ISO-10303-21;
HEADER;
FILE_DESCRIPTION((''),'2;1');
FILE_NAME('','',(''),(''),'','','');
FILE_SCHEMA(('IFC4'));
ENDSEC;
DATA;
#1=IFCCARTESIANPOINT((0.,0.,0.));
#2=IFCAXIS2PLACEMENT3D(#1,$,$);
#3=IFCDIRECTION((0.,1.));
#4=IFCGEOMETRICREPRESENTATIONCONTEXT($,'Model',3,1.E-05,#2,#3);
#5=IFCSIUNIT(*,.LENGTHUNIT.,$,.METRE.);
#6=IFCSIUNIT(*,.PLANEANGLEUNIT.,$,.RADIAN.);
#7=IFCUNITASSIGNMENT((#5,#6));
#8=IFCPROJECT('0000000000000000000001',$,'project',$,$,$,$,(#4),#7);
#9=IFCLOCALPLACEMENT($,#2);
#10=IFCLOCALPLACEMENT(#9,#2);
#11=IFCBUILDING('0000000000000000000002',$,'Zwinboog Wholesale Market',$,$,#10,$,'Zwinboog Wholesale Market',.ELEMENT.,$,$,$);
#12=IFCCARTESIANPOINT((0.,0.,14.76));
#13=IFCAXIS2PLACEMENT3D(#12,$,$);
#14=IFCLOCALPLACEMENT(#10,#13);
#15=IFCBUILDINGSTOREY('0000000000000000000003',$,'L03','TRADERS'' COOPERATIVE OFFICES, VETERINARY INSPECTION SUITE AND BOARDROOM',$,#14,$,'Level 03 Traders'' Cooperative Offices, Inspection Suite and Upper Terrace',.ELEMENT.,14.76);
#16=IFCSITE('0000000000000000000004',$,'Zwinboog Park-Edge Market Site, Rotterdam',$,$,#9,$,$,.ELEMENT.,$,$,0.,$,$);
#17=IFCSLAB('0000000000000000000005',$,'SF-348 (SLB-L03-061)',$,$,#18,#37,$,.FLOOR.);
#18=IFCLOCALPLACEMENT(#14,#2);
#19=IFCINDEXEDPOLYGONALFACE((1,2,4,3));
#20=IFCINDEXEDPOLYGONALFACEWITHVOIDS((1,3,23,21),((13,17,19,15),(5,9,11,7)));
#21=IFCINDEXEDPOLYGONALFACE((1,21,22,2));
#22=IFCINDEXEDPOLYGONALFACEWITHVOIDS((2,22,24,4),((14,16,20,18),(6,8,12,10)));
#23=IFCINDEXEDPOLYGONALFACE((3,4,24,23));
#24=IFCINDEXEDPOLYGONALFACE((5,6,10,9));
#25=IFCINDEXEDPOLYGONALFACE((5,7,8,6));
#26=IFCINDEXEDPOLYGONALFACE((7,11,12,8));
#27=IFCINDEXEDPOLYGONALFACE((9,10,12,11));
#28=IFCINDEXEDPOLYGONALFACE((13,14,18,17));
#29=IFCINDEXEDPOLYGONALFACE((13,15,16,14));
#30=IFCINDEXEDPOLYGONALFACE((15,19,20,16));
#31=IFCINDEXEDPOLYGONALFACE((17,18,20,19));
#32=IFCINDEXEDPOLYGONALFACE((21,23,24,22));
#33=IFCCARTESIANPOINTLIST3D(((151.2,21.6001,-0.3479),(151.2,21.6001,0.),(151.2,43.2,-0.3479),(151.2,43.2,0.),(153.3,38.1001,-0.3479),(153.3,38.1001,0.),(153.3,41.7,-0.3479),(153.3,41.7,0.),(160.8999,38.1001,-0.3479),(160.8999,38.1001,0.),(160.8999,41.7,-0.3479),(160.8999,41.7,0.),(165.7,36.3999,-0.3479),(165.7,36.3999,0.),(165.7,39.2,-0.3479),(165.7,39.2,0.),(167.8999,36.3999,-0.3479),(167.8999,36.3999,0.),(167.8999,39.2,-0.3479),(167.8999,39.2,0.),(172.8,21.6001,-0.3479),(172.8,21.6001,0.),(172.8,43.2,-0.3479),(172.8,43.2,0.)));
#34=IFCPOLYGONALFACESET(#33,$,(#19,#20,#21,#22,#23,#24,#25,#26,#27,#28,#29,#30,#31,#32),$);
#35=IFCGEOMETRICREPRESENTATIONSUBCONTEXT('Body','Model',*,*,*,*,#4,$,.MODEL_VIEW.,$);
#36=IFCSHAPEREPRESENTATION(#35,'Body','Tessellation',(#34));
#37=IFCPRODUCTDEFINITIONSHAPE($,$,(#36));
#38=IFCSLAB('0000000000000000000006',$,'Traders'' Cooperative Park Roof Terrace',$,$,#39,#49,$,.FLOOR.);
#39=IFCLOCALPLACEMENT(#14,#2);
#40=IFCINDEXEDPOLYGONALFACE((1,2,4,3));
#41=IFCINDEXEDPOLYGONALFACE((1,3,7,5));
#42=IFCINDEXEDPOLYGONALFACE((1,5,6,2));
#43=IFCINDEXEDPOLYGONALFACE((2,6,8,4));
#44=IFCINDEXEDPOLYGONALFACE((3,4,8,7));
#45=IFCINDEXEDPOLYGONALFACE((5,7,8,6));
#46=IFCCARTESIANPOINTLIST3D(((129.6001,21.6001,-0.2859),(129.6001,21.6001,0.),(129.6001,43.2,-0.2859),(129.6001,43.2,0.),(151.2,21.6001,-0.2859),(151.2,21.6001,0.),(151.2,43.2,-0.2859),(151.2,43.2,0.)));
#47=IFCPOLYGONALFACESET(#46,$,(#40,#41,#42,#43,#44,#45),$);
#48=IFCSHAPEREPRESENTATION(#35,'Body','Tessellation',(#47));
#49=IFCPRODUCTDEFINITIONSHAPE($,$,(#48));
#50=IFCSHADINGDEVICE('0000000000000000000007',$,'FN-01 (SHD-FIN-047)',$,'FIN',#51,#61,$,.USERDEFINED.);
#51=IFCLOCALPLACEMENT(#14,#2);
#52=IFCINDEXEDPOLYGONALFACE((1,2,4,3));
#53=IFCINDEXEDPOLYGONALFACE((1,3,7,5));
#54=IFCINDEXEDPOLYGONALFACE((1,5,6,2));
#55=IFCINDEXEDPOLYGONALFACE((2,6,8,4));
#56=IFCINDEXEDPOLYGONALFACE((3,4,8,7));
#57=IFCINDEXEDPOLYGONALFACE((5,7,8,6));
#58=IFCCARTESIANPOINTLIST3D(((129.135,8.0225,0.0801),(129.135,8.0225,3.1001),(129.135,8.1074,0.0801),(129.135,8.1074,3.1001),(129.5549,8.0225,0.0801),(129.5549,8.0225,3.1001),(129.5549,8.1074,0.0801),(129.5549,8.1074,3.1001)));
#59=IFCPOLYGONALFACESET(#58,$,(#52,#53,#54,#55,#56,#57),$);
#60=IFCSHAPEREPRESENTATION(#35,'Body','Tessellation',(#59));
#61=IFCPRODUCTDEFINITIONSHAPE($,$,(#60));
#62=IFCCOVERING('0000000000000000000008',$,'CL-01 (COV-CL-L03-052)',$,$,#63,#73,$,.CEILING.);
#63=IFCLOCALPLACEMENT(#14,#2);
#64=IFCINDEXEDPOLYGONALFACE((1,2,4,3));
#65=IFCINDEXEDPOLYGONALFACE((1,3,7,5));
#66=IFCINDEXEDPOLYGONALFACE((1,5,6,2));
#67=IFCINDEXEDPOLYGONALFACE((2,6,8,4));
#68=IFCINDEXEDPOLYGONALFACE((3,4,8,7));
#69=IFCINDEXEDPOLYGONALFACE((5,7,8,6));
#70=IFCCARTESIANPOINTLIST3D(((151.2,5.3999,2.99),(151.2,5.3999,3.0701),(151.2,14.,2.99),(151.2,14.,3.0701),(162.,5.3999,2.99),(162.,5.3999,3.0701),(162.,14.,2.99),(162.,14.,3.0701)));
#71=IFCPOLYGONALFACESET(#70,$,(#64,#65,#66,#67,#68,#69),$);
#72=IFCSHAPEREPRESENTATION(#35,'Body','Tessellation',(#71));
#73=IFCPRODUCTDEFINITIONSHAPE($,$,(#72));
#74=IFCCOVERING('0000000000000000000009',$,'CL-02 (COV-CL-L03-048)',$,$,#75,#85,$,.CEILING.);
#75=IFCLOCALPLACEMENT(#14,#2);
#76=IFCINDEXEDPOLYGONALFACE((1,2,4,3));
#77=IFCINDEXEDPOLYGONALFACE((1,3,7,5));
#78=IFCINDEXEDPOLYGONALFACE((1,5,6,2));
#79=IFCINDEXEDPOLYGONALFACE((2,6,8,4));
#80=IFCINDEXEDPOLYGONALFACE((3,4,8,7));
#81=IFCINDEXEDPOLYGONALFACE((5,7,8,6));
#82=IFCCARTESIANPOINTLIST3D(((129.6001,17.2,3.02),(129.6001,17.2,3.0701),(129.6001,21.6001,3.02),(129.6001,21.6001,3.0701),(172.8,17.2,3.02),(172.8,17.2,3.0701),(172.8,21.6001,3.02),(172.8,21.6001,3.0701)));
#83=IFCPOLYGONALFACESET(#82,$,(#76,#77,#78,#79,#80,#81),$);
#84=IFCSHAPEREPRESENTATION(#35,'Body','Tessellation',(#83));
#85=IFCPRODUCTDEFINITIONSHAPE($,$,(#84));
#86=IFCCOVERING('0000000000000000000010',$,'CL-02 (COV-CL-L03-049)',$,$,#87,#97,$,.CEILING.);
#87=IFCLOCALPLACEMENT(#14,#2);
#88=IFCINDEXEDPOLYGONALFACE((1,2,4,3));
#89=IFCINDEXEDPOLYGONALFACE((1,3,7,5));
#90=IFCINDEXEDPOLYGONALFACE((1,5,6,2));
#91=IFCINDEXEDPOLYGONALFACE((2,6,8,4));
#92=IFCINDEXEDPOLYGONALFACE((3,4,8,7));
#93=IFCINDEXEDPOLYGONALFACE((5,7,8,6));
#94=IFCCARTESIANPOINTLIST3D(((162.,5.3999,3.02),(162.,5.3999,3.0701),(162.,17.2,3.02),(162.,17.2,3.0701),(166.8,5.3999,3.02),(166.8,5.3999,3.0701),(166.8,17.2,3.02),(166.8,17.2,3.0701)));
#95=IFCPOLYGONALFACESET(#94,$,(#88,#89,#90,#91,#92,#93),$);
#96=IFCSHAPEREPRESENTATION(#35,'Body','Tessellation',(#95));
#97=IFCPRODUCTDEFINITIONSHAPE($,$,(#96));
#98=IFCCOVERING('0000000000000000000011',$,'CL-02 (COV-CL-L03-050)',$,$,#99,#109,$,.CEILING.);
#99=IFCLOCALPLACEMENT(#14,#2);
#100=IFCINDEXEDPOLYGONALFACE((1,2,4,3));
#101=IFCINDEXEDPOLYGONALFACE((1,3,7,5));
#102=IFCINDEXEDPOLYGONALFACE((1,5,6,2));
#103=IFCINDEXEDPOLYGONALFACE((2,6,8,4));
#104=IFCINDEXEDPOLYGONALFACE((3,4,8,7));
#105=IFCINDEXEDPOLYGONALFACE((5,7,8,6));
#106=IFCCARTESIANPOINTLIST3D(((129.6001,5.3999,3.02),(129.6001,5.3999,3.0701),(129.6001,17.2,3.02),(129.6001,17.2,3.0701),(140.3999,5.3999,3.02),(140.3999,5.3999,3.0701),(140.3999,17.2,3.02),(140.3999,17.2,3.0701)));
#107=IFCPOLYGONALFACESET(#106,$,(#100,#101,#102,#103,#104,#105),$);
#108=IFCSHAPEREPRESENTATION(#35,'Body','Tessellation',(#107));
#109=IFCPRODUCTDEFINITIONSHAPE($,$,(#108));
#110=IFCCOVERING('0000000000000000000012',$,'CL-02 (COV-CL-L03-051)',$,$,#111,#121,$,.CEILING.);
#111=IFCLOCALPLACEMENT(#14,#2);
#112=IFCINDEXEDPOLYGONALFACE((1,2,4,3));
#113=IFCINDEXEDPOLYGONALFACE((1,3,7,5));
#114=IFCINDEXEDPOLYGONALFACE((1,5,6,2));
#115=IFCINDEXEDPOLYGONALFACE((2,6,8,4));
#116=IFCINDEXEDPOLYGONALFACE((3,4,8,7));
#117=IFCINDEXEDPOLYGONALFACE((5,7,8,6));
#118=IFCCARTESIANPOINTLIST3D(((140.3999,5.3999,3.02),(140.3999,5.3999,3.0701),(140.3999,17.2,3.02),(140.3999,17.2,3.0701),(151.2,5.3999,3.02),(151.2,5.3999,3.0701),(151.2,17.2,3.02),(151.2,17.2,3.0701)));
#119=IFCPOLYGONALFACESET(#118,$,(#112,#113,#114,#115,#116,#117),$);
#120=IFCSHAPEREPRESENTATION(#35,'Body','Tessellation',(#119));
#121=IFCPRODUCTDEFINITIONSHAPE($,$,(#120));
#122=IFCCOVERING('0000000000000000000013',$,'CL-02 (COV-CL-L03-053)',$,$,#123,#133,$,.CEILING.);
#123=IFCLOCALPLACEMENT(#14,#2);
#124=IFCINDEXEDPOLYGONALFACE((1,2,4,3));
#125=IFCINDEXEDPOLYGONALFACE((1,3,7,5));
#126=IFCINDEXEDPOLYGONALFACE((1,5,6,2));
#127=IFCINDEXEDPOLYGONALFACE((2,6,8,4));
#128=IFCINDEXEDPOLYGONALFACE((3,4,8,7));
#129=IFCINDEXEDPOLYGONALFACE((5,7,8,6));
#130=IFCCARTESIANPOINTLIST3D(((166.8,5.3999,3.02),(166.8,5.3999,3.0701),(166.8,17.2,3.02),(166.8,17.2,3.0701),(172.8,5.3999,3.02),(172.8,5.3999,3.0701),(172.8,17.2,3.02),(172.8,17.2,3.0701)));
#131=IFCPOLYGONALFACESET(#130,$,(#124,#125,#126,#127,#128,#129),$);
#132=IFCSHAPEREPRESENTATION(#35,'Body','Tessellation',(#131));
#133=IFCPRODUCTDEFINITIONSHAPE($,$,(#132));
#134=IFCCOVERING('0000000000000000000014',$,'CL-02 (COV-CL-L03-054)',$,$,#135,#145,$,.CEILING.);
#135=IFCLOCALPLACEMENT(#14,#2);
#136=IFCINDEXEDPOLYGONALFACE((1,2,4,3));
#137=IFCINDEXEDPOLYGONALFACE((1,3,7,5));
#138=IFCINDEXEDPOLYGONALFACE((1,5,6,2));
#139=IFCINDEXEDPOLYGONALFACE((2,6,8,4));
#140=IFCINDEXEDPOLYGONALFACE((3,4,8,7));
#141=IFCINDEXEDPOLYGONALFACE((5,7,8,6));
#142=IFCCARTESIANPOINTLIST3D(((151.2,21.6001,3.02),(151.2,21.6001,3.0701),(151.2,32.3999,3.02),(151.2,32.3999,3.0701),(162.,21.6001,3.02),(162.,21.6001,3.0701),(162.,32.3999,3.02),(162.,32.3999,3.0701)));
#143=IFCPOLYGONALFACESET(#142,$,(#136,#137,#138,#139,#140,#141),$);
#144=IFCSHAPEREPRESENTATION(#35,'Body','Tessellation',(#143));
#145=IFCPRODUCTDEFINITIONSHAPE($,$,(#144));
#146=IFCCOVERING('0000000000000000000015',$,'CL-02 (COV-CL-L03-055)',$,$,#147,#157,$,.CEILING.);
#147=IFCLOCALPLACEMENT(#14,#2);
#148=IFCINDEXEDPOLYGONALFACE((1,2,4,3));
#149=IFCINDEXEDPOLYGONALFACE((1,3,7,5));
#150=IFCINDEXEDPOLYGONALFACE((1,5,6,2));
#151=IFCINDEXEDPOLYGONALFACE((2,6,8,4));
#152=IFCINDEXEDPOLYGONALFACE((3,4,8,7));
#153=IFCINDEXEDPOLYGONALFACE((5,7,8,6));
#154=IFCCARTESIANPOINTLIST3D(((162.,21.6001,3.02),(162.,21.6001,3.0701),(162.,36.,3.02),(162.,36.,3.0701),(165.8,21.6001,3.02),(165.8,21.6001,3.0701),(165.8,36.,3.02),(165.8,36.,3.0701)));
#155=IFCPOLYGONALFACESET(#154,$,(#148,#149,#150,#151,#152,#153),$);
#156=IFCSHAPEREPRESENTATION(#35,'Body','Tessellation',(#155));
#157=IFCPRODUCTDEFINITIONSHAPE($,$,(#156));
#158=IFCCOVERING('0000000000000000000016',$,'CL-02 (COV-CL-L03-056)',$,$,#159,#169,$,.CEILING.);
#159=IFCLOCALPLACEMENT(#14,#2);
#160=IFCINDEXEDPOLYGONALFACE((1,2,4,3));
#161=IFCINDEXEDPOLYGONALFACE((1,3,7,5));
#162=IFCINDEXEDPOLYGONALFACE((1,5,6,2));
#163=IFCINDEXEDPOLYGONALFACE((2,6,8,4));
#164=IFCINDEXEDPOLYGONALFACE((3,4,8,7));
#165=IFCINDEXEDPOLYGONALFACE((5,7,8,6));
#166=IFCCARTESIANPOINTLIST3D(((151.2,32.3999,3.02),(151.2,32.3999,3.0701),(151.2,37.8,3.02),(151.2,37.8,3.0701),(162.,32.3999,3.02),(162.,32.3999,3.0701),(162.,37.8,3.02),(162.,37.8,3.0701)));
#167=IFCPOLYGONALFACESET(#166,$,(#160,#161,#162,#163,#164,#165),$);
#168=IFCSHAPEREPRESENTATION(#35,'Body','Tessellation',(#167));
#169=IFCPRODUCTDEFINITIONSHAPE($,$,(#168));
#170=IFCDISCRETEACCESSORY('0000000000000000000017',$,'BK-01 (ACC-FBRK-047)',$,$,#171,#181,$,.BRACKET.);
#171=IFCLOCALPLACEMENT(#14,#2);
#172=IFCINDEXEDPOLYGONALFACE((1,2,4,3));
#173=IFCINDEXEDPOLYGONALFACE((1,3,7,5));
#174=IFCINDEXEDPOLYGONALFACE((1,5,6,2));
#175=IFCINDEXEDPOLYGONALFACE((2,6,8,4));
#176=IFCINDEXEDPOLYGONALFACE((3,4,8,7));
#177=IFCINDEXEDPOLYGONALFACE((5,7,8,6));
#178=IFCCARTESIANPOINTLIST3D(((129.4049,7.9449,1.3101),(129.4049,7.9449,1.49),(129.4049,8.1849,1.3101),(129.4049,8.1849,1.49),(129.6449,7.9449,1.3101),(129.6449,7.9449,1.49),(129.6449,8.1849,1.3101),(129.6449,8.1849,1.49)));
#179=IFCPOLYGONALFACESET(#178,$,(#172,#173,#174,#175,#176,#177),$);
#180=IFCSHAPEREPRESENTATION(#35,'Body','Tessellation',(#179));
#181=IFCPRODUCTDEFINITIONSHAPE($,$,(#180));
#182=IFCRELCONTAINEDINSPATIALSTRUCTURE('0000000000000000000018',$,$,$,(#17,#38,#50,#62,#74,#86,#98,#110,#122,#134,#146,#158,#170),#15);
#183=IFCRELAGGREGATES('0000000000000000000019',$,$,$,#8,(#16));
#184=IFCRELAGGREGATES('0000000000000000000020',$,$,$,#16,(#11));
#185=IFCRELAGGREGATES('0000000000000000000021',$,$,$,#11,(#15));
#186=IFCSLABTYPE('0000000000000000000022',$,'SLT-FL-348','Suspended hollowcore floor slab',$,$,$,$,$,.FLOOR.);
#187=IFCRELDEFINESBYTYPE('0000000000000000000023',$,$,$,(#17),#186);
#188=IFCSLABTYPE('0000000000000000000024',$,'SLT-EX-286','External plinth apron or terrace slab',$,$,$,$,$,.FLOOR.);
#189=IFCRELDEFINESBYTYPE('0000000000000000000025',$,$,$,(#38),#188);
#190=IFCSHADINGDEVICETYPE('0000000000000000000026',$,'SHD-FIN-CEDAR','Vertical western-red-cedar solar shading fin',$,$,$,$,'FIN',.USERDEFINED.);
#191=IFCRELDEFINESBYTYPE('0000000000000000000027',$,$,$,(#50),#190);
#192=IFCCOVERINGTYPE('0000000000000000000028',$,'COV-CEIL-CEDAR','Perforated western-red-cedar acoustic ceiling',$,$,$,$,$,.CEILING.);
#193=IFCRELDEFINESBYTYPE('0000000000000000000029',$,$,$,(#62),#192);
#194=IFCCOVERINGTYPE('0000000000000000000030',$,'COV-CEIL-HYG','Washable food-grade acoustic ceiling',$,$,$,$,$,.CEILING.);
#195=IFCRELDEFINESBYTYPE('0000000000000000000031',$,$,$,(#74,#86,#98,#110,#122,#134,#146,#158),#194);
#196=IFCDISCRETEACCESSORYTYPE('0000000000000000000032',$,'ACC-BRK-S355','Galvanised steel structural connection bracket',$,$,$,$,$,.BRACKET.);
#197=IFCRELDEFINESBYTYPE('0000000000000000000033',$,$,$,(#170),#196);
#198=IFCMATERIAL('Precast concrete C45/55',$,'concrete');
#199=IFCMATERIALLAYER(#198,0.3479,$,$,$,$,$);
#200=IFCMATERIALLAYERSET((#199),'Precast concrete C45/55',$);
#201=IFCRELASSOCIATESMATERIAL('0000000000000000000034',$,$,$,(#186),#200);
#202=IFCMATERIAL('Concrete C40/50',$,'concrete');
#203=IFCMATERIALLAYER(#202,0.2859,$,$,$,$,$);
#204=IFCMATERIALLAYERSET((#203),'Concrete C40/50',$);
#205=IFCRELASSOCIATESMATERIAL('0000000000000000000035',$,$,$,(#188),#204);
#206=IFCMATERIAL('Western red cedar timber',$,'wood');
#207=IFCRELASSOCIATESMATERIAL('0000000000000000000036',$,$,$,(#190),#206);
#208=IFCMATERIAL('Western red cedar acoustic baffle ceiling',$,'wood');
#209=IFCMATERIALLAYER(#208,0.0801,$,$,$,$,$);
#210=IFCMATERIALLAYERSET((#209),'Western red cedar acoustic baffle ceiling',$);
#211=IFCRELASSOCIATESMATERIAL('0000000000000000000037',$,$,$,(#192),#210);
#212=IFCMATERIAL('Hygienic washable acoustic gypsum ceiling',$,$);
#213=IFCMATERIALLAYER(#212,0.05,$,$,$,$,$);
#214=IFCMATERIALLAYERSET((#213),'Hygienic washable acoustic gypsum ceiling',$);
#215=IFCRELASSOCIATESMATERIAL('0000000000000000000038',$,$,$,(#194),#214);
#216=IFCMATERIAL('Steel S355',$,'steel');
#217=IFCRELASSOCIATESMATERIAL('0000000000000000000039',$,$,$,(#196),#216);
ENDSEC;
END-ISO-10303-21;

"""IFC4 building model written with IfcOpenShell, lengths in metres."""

from ifc_helpers import new_model, si_unit, direction, frame, origin, origin_2d, place, context, subcontext, project, spatial, polyline, rectangle, outline, extrude, material, layer, layer_set, type_object, element, save


model = new_model("IFC4")

# Units and contexts
model_context = context("Model", 3, precision=1e-05, world=origin(), true_north=direction((0.0, 1.0)))
body_context = subcontext(model_context, "Body", "Model", "MODEL_VIEW")
ifc_project = project(units=[si_unit("LENGTHUNIT", "METRE"), si_unit("PLANEANGLEUNIT", "RADIAN")], contexts=[model_context])

# Site, building, storey
site_placement = place(None, origin())
site = spatial("IfcSite", under=ifc_project, at=site_placement, Name="Zwinboog Park-Edge Market Site, Rotterdam", CompositionType="ELEMENT", RefElevation=0.0)
building_placement = place(site_placement, origin())
building = spatial("IfcBuilding", under=site, at=building_placement, Name="Zwinboog Wholesale Market", LongName="Zwinboog Wholesale Market", CompositionType="ELEMENT")
storey_placement = place(building_placement, frame((0.0, 0.0, 14.76)))
storey = spatial("IfcBuildingStorey", under=building, at=storey_placement, Name="L03", Description="TRADERS' COOPERATIVE OFFICES, VETERINARY INSPECTION SUITE AND BOARDROOM", LongName="Level 03 Traders' Cooperative Offices, Inspection Suite and Upper Terrace", CompositionType="ELEMENT", Elevation=14.76)

# Shared definitions
ifc_material_1 = material(Name="Precast concrete C45/55", Category="concrete")

# Shared definitions
ifc_material_2 = material(Name="Steel S355", Category="steel")

# Slabs
ifc_layer_1 = layer(ifc_material_1, 0.3479)
ifc_layer_set_1 = layer_set([ifc_layer_1], Name="Precast concrete C45/55")
slab_type_1 = type_object("IfcSlabType", Name="SLT-FL-348", Description="Suspended hollowcore floor slab", PredefinedType="FLOOR", material=ifc_layer_set_1)
slab_1_placement = place(storey_placement, frame((0.0, 0.0, -0.3479)))
element("IfcSlab", 1, at=slab_1_placement, inside=storey, type_object=slab_type_1, Name="SF-348 (SLB-L03-061)", PredefinedType="FLOOR", context=body_context, shape_type="SweptSolid", body=[
    extrude(outline(polyline([(151.2, 21.6001), (172.8, 21.6001), (172.8, 43.2), (151.2, 43.2), (151.2, 21.6001)]), holes=[polyline([(153.3, 38.1001), (160.8999, 38.1001), (160.8999, 41.7), (153.3, 41.7), (153.3, 38.1001)]), polyline([(165.7, 36.3999), (167.8999, 36.3999), (167.8999, 39.2), (165.7, 39.2), (165.7, 36.3999)])]), origin(), (0.0, 0.0, 1.0), 0.3479),
])
ifc_material_3 = material(Name="Concrete C40/50", Category="concrete")
ifc_layer_2 = layer(ifc_material_3, 0.2859)
ifc_layer_set_2 = layer_set([ifc_layer_2], Name="Concrete C40/50")
slab_type_2 = type_object("IfcSlabType", Name="SLT-EX-286", Description="External plinth apron or terrace slab", PredefinedType="FLOOR", material=ifc_layer_set_2)
slab_2_placement = place(storey_placement, frame((0.0, 0.0, -0.2859)))
element("IfcSlab", 2, at=slab_2_placement, inside=storey, type_object=slab_type_2, Name="Traders' Cooperative Park Roof Terrace", PredefinedType="FLOOR", context=body_context, shape_type="SweptSolid", body=[
    extrude(outline(polyline([(129.6001, 21.6001), (151.2, 21.6001), (151.2, 43.2), (129.6001, 43.2), (129.6001, 21.6001)])), origin(), (0.0, 0.0, 1.0), 0.2859),
])

# Shading device
ifc_material_4 = material(Name="Western red cedar timber", Category="wood")
shading_device_type = type_object("IfcShadingDeviceType", Name="SHD-FIN-CEDAR", Description="Vertical western-red-cedar solar shading fin", ElementType="FIN", PredefinedType="USERDEFINED", material=ifc_material_4)
shading_device_placement = place(storey_placement, frame((129.345, 8.0649, 0.0801), z_axis=(0.0, 0.0, 1.0), x_axis=(1.0, 0.0, 0.0)))
element("IfcShadingDevice", 3, at=shading_device_placement, inside=storey, type_object=shading_device_type, Name="FN-01 (SHD-FIN-047)", ObjectType="FIN", PredefinedType="USERDEFINED", context=body_context, shape_type="SweptSolid", body=[
    extrude(rectangle(XDim=0.4199, YDim=0.085, at=origin_2d()), origin(), (0.0, 0.0, 1.0), 3.02),
])

# Coverings
ifc_material_5 = material(Name="Western red cedar acoustic baffle ceiling", Category="wood")
ifc_layer_3 = layer(ifc_material_5, 0.0801)
ifc_layer_set_3 = layer_set([ifc_layer_3], Name="Western red cedar acoustic baffle ceiling")
covering_type_1 = type_object("IfcCoveringType", Name="COV-CEIL-CEDAR", Description="Perforated western-red-cedar acoustic ceiling", PredefinedType="CEILING", material=ifc_layer_set_3)
covering_1_placement = place(storey_placement, frame((0.0, 0.0, 2.99)))
element("IfcCovering", 4, at=covering_1_placement, inside=storey, type_object=covering_type_1, Name="CL-01 (COV-CL-L03-052)", PredefinedType="CEILING", context=body_context, shape_type="SweptSolid", body=[
    extrude(outline(polyline([(151.2, 5.3999), (162.0, 5.3999), (162.0, 14.0), (151.2, 14.0), (151.2, 5.3999)])), origin(), (0.0, 0.0, 1.0), 0.0801),
])
ifc_material_6 = material(Name="Hygienic washable acoustic gypsum ceiling")
ifc_layer_4 = layer(ifc_material_6, 0.05)
ifc_layer_set_4 = layer_set([ifc_layer_4], Name="Hygienic washable acoustic gypsum ceiling")
covering_type_2 = type_object("IfcCoveringType", Name="COV-CEIL-HYG", Description="Washable food-grade acoustic ceiling", PredefinedType="CEILING", material=ifc_layer_set_4)
covering_2_placement = place(storey_placement, frame((0.0, 0.0, 3.02)))
element("IfcCovering", 5, at=covering_2_placement, inside=storey, type_object=covering_type_2, Name="CL-02 (COV-CL-L03-048)", PredefinedType="CEILING", context=body_context, shape_type="SweptSolid", body=[
    extrude(outline(polyline([(129.6001, 17.2), (172.8, 17.2), (172.8, 21.6001), (129.6001, 21.6001), (129.6001, 17.2)])), origin(), (0.0, 0.0, 1.0), 0.05),
])
covering_3_placement = place(storey_placement, frame((0.0, 0.0, 3.02)))
element("IfcCovering", 6, at=covering_3_placement, inside=storey, type_object=covering_type_2, Name="CL-02 (COV-CL-L03-049)", PredefinedType="CEILING", context=body_context, shape_type="SweptSolid", body=[
    extrude(outline(polyline([(162.0, 5.3999), (166.8, 5.3999), (166.8, 17.2), (162.0, 17.2), (162.0, 5.3999)])), origin(), (0.0, 0.0, 1.0), 0.05),
])
covering_4_placement = place(storey_placement, frame((0.0, 0.0, 3.02)))
element("IfcCovering", 7, at=covering_4_placement, inside=storey, type_object=covering_type_2, Name="CL-02 (COV-CL-L03-050)", PredefinedType="CEILING", context=body_context, shape_type="SweptSolid", body=[
    extrude(outline(polyline([(129.6001, 5.3999), (140.3999, 5.3999), (140.3999, 17.2), (129.6001, 17.2), (129.6001, 5.3999)])), origin(), (0.0, 0.0, 1.0), 0.05),
])
covering_5_placement = place(storey_placement, frame((0.0, 0.0, 3.02)))
element("IfcCovering", 8, at=covering_5_placement, inside=storey, type_object=covering_type_2, Name="CL-02 (COV-CL-L03-051)", PredefinedType="CEILING", context=body_context, shape_type="SweptSolid", body=[
    extrude(outline(polyline([(140.3999, 5.3999), (151.2, 5.3999), (151.2, 17.2), (140.3999, 17.2), (140.3999, 5.3999)])), origin(), (0.0, 0.0, 1.0), 0.05),
])
covering_6_placement = place(storey_placement, frame((0.0, 0.0, 3.02)))
element("IfcCovering", 9, at=covering_6_placement, inside=storey, type_object=covering_type_2, Name="CL-02 (COV-CL-L03-053)", PredefinedType="CEILING", context=body_context, shape_type="SweptSolid", body=[
    extrude(outline(polyline([(166.8, 5.3999), (172.8, 5.3999), (172.8, 17.2), (166.8, 17.2), (166.8, 5.3999)])), origin(), (0.0, 0.0, 1.0), 0.05),
])
covering_7_placement = place(storey_placement, frame((0.0, 0.0, 3.02)))
element("IfcCovering", 10, at=covering_7_placement, inside=storey, type_object=covering_type_2, Name="CL-02 (COV-CL-L03-054)", PredefinedType="CEILING", context=body_context, shape_type="SweptSolid", body=[
    extrude(outline(polyline([(151.2, 21.6001), (162.0, 21.6001), (162.0, 32.3999), (151.2, 32.3999), (151.2, 21.6001)])), origin(), (0.0, 0.0, 1.0), 0.05),
])
covering_8_placement = place(storey_placement, frame((0.0, 0.0, 3.02)))
element("IfcCovering", 11, at=covering_8_placement, inside=storey, type_object=covering_type_2, Name="CL-02 (COV-CL-L03-055)", PredefinedType="CEILING", context=body_context, shape_type="SweptSolid", body=[
    extrude(outline(polyline([(162.0, 21.6001), (165.8, 21.6001), (165.8, 36.0), (162.0, 36.0), (162.0, 21.6001)])), origin(), (0.0, 0.0, 1.0), 0.05),
])
covering_9_placement = place(storey_placement, frame((0.0, 0.0, 3.02)))
element("IfcCovering", 12, at=covering_9_placement, inside=storey, type_object=covering_type_2, Name="CL-02 (COV-CL-L03-056)", PredefinedType="CEILING", context=body_context, shape_type="SweptSolid", body=[
    extrude(outline(polyline([(151.2, 32.3999), (162.0, 32.3999), (162.0, 37.8), (151.2, 37.8), (151.2, 32.3999)])), origin(), (0.0, 0.0, 1.0), 0.05),
])

# Discrete accessory
discrete_accessory_type = type_object("IfcDiscreteAccessoryType", Name="ACC-BRK-S355", Description="Galvanised steel structural connection bracket", PredefinedType="BRACKET", material=ifc_material_2)
discrete_accessory_placement = place(storey_placement, frame((129.5249, 8.0649, 1.3101), z_axis=(0.0, 0.0, 1.0), x_axis=(1.0, 0.0, 0.0)))
element("IfcDiscreteAccessory", 13, at=discrete_accessory_placement, inside=storey, type_object=discrete_accessory_type, Name="BK-01 (ACC-FBRK-047)", PredefinedType="BRACKET", context=body_context, shape_type="SweptSolid", body=[
    extrude(rectangle(XDim=0.24, YDim=0.24, at=origin_2d()), origin(), (0.0, 0.0, 1.0), 0.1799),
])

save(model, "model.ifc")
